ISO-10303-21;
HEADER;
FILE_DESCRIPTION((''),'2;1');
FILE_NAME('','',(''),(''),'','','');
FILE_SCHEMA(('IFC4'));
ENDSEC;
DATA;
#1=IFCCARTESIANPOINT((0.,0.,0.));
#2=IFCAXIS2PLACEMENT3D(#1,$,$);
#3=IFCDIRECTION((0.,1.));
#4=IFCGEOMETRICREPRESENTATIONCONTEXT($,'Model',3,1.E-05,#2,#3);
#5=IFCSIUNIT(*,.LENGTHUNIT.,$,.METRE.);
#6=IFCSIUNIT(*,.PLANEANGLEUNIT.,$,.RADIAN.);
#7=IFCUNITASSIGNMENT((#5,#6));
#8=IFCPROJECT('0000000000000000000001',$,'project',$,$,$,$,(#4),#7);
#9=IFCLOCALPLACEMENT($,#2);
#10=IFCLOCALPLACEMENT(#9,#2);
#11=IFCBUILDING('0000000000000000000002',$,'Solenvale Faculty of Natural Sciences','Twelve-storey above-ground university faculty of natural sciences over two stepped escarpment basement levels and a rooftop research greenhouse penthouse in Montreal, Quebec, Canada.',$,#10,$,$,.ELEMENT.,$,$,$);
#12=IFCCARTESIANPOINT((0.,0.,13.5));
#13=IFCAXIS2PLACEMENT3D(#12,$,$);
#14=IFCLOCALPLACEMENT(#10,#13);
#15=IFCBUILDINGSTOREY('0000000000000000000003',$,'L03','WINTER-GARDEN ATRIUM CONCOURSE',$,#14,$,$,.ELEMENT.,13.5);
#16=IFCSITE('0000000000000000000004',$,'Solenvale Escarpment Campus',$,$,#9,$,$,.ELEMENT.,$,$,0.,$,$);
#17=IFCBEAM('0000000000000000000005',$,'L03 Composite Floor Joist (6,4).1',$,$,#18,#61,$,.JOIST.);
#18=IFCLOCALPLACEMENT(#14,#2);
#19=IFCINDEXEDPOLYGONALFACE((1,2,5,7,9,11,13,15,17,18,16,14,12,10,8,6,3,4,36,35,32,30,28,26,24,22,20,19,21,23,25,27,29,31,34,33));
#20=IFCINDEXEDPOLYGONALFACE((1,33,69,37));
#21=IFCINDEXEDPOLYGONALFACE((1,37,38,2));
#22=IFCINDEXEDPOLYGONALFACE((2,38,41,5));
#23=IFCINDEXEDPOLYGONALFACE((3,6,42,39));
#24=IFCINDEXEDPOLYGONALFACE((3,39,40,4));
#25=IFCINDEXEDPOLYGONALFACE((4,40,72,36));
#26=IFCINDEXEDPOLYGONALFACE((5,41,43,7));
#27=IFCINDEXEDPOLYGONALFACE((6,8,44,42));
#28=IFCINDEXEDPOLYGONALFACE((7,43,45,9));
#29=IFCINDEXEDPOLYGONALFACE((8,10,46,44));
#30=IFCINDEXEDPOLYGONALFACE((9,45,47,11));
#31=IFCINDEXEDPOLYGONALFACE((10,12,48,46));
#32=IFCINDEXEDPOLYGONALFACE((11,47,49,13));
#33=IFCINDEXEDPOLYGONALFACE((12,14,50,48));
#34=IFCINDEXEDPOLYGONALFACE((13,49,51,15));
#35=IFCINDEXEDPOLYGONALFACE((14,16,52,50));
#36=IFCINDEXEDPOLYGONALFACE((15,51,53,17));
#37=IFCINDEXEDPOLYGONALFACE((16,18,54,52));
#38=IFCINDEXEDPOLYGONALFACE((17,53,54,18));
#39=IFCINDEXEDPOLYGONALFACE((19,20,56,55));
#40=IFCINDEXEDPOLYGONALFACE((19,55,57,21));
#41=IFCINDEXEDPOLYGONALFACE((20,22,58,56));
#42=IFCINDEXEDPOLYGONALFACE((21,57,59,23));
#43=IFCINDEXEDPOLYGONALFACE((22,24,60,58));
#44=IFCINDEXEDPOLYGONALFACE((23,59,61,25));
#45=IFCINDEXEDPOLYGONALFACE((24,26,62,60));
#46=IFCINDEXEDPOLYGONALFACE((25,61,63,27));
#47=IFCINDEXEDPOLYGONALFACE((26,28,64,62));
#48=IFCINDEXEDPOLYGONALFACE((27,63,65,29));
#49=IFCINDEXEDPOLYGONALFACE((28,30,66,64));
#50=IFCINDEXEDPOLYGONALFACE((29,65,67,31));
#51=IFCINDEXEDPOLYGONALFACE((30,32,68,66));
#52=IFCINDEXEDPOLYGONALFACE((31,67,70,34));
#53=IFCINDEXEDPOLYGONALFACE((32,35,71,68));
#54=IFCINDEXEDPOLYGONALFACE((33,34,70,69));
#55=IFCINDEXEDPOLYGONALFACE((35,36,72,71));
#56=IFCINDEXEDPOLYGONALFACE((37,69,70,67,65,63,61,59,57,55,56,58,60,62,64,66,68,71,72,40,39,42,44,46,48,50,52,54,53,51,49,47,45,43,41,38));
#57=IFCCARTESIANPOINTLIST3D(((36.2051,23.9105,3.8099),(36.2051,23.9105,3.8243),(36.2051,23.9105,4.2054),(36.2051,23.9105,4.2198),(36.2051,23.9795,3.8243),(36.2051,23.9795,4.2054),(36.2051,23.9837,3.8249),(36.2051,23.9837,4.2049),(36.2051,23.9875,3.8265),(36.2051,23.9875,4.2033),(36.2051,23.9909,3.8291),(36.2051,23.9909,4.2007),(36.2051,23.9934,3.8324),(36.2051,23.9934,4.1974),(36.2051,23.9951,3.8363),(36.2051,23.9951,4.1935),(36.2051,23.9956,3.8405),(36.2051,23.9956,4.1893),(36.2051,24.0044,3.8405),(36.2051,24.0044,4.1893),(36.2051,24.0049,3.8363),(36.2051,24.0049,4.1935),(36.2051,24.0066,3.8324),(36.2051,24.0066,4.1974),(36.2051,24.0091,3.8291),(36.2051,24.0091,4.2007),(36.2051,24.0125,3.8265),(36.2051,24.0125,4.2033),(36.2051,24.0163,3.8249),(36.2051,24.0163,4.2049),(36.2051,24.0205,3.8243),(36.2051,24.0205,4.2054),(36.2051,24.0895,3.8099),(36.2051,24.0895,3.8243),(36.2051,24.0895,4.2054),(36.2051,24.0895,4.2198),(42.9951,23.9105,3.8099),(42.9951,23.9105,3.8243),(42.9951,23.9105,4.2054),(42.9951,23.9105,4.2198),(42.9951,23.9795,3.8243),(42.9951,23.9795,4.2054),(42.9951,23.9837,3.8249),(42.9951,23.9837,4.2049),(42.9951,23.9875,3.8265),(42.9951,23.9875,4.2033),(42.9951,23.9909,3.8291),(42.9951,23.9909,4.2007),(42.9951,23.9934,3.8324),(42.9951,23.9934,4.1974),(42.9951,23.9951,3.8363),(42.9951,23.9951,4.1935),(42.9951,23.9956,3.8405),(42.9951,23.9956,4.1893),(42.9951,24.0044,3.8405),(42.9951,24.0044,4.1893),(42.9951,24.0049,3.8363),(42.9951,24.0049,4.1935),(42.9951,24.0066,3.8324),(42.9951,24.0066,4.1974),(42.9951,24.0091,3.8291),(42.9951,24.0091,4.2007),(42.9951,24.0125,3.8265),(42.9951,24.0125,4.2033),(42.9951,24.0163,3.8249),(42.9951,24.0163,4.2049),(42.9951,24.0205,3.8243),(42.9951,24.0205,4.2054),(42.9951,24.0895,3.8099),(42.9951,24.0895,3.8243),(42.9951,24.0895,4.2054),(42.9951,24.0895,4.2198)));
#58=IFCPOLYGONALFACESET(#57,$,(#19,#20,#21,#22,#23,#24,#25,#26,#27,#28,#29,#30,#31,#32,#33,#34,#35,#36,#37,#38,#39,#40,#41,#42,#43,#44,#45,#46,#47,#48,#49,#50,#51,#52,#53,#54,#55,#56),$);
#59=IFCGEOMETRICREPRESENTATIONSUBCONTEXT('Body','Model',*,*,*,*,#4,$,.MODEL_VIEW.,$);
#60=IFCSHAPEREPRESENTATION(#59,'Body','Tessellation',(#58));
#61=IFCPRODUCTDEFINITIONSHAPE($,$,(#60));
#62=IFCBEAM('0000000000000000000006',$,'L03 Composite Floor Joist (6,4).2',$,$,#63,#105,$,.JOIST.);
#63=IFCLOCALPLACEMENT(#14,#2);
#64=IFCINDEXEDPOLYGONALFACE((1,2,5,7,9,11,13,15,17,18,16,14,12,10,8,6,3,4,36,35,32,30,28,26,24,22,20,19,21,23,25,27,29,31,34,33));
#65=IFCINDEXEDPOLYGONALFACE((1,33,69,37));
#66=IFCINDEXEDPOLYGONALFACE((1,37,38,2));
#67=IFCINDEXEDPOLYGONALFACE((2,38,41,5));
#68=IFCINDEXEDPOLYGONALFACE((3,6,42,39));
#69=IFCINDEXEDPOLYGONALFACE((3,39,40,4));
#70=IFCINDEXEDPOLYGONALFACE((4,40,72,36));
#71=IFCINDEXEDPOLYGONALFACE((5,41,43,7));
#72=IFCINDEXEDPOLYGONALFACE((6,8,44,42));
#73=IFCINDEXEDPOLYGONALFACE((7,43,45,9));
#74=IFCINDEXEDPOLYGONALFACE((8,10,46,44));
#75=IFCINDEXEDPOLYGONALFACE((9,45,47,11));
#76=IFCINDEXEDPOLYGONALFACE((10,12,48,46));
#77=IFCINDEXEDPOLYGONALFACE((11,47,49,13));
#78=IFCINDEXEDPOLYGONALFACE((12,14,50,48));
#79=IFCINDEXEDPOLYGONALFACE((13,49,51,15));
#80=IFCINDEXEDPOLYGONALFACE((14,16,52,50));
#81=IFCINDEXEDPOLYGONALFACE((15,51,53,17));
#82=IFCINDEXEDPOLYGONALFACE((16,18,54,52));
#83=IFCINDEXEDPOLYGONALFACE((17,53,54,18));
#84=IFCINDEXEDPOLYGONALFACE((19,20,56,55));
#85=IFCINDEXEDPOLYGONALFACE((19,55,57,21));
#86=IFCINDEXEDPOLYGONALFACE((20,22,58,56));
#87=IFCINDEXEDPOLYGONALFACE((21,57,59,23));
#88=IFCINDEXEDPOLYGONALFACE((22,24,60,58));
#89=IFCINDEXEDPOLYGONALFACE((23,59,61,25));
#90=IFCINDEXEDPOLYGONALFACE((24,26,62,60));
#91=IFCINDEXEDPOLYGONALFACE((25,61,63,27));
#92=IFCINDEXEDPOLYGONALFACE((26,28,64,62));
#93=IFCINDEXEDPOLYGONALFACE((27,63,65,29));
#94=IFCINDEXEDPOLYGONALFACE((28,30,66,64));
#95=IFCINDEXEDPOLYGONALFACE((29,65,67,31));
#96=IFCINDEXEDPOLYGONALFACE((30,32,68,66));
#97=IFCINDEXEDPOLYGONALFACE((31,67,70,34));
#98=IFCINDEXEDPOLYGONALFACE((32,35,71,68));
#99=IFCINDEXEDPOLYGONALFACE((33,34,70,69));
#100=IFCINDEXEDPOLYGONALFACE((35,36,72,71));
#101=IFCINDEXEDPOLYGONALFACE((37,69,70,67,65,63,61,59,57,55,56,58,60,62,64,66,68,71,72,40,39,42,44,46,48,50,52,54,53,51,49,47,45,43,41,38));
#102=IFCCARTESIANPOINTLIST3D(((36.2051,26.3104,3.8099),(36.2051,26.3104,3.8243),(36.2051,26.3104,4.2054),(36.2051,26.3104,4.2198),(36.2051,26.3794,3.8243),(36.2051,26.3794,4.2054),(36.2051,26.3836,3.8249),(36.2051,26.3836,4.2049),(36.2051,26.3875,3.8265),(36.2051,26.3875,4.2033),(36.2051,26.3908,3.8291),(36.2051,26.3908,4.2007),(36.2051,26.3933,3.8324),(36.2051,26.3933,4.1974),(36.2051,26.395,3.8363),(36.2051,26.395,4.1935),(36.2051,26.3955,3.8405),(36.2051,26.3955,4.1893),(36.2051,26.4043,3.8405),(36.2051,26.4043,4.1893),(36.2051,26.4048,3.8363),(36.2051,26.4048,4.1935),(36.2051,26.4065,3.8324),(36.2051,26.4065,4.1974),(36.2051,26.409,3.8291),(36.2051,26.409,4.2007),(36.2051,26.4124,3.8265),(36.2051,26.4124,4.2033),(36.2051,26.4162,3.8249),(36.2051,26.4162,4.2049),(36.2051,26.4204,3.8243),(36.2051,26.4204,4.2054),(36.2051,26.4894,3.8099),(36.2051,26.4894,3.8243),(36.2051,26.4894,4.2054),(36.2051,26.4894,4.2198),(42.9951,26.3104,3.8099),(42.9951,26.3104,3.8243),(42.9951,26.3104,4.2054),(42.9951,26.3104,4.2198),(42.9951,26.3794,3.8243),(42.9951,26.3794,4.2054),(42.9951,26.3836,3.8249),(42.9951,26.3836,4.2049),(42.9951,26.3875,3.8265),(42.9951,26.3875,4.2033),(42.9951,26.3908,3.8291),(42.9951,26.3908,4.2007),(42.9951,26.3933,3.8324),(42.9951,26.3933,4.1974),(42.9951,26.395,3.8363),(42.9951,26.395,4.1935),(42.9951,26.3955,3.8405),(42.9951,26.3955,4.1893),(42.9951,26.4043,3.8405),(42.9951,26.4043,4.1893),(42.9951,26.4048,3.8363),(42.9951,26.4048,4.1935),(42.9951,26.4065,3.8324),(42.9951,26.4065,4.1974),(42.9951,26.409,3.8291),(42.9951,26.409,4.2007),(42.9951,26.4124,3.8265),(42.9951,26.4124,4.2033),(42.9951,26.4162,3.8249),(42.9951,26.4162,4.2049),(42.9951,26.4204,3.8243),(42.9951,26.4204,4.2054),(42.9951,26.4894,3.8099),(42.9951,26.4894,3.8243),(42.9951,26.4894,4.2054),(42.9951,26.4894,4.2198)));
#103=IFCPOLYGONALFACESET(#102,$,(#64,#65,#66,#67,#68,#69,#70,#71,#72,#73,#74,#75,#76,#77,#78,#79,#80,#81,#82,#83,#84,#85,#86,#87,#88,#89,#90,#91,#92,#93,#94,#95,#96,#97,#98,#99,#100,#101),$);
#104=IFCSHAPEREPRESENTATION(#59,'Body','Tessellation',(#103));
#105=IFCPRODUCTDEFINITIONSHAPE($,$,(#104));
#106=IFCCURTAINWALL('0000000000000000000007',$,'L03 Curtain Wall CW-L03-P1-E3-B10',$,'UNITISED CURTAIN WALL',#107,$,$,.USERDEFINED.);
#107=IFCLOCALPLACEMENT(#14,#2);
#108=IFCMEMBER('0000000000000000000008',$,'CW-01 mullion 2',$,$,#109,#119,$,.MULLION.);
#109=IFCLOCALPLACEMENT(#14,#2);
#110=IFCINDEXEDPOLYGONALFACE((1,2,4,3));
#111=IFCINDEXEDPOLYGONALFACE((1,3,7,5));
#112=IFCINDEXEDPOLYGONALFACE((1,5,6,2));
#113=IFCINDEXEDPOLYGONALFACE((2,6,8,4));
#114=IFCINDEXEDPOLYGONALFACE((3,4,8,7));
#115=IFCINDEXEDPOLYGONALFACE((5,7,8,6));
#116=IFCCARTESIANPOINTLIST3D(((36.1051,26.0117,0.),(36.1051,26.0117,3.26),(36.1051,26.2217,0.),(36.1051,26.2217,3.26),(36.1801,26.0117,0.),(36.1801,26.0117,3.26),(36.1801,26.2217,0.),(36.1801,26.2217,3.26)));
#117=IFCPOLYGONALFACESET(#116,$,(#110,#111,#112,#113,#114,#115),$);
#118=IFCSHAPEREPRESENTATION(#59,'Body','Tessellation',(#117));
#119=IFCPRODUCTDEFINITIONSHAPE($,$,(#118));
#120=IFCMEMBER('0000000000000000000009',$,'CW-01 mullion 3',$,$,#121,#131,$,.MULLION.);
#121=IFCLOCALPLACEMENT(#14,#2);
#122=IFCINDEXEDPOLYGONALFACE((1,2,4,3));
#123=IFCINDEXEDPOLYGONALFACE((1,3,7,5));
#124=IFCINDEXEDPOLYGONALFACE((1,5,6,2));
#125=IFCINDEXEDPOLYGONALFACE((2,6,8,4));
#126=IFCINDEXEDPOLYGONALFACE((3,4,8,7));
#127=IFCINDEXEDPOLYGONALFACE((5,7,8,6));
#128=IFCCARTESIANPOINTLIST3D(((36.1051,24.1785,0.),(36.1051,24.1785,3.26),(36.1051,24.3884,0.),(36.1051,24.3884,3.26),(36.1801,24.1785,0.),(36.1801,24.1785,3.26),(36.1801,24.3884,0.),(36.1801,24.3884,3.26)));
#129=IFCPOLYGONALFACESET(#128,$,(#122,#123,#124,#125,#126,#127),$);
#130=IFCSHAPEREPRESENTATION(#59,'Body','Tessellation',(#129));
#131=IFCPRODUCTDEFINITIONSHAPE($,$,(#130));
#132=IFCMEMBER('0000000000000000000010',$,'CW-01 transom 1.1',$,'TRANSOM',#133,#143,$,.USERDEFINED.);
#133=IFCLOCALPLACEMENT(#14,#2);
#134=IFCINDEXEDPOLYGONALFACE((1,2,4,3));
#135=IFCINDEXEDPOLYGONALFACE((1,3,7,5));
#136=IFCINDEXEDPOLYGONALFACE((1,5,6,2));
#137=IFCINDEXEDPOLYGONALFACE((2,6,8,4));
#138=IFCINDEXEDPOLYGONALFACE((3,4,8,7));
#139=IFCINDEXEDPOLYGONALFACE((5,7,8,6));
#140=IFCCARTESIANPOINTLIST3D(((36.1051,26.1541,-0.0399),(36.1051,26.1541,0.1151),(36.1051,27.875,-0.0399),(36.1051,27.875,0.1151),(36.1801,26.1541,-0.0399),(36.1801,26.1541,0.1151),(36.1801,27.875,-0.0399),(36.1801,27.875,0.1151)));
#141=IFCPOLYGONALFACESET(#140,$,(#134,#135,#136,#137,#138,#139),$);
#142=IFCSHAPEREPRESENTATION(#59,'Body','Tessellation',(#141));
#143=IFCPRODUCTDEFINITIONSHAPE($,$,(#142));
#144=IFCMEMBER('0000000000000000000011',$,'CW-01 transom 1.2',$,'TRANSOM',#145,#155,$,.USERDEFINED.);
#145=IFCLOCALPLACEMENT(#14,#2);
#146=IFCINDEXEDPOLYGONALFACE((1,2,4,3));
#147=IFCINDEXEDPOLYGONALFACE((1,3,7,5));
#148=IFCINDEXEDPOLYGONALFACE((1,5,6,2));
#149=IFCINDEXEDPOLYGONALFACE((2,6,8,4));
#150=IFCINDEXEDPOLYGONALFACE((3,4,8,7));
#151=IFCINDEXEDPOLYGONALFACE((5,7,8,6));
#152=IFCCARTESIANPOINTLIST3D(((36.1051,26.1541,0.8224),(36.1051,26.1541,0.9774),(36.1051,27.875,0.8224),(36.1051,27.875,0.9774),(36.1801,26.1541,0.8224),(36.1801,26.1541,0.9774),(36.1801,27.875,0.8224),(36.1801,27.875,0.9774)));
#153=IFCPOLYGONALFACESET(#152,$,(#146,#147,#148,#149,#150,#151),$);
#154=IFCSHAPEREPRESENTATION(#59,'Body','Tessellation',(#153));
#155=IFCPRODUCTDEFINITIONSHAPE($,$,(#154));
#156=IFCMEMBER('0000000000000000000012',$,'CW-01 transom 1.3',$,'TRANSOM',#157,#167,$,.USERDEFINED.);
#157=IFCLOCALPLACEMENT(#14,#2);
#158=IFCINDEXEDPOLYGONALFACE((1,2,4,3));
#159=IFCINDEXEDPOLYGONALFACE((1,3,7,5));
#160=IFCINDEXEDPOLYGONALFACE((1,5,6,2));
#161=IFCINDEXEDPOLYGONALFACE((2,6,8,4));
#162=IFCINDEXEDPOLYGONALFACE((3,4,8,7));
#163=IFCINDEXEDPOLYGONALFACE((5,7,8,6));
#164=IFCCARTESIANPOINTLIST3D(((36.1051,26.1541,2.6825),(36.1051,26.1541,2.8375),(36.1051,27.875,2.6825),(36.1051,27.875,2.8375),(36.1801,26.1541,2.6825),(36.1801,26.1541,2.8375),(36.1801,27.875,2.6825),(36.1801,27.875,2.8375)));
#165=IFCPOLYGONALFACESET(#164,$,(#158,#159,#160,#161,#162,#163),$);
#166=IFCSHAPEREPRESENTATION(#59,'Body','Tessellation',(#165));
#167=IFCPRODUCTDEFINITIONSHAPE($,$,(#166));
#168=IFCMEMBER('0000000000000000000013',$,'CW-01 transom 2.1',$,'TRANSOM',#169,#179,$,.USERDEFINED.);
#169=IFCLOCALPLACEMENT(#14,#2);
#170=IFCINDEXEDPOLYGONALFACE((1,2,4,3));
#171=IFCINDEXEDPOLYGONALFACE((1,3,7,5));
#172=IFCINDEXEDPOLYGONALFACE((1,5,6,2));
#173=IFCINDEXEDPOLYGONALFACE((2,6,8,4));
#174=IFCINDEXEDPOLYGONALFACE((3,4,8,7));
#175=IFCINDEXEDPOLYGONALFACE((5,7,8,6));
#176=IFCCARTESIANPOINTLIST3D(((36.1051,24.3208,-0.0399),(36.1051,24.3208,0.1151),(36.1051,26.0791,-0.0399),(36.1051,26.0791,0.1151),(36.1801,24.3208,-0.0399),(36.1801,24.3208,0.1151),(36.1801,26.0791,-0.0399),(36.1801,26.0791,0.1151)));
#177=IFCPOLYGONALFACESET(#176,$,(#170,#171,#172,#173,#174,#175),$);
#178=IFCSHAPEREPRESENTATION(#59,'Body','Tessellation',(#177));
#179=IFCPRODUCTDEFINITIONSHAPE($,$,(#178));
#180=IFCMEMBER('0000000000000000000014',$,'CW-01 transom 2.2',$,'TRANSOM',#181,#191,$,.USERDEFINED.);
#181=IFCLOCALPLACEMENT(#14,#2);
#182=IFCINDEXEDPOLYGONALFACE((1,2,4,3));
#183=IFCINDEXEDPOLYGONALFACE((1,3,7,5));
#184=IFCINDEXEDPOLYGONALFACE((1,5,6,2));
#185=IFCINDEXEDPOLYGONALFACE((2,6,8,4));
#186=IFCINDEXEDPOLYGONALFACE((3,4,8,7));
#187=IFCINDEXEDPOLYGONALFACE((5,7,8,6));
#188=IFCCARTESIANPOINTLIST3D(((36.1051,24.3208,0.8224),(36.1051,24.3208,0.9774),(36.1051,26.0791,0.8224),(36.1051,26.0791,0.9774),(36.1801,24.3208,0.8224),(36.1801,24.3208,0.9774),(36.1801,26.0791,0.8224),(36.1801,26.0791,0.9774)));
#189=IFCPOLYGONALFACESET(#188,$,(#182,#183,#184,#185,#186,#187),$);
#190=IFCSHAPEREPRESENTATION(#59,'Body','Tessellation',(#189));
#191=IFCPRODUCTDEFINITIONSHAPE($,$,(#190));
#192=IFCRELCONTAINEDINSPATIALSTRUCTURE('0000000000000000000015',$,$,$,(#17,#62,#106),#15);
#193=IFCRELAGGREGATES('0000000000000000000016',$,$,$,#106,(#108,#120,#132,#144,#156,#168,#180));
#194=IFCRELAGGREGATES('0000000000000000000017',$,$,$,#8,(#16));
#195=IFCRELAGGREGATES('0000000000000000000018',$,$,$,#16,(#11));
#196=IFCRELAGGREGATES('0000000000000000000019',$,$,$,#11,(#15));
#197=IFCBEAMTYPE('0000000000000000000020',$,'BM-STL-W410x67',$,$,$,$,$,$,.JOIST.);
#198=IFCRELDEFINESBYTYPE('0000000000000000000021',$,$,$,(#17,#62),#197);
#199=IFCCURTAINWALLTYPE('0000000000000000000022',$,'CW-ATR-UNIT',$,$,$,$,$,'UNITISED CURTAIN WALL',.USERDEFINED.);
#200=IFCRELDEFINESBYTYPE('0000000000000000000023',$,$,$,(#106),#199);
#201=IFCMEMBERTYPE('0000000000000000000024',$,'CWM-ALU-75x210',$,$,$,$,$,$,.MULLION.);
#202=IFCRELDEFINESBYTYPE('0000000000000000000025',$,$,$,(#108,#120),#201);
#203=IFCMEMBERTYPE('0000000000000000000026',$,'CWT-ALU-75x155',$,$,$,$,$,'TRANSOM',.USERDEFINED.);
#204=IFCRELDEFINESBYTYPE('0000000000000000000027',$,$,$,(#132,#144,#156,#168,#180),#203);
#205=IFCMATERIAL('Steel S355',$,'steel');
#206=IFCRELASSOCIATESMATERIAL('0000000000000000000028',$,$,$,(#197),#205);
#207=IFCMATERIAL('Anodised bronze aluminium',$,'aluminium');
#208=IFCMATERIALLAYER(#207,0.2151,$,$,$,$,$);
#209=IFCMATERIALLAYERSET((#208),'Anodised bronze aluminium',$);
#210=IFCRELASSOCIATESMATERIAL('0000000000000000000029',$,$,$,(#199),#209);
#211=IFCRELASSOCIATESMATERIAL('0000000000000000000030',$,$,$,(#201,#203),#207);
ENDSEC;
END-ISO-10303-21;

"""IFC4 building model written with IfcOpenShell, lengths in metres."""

from ifc_helpers import new_model, si_unit, direction, frame, origin, origin_2d, place, context, subcontext, project, spatial, rectangle, i_section, extrude, material, layer, layer_set, material_profile, profile_set, type_object, element, aggregate, save


model = new_model("IFC4")

# Units and contexts
model_context = context("Model", 3, precision=1e-05, world=origin(), true_north=direction((0.0, 1.0)))
body_context = subcontext(model_context, "Body", "Model", "MODEL_VIEW")
ifc_project = project(units=[si_unit("LENGTHUNIT", "METRE"), si_unit("PLANEANGLEUNIT", "RADIAN")], contexts=[model_context])

# Site, building, storey
site_placement = place(None, origin())
site = spatial("IfcSite", under=ifc_project, at=site_placement, Name="Solenvale Escarpment Campus", CompositionType="ELEMENT", RefElevation=0.0)
building_placement = place(site_placement, origin())
building = spatial("IfcBuilding", under=site, at=building_placement, Name="Solenvale Faculty of Natural Sciences", Description="Twelve-storey above-ground university faculty of natural sciences over two stepped escarpment basement levels and a rooftop research greenhouse penthouse in Montreal, Quebec, Canada.", CompositionType="ELEMENT")
storey_placement = place(building_placement, frame((0.0, 0.0, 13.5)))
storey = spatial("IfcBuildingStorey", under=building, at=storey_placement, Name="L03", Description="WINTER-GARDEN ATRIUM CONCOURSE", CompositionType="ELEMENT", Elevation=13.5)

# Beams
ifc_material_1 = material(Name="Steel S355", Category="steel")
ifc_material_profile_1 = material_profile(ifc_material_1, i_section(OverallWidth=0.179, OverallDepth=0.4099, WebThickness=0.0088, FlangeThickness=0.0144, FilletRadius=0.0161, at=origin_2d()), Name="W410x67")
ifc_profile_set_1 = profile_set([ifc_material_profile_1], Name="Steel S355")
beam_type = type_object("IfcBeamType", Name="BM-STL-W410x67", PredefinedType="JOIST", material=ifc_profile_set_1)
for number, where, z_axis, x_axis, name in (
    (1, (36.2051, 24.0, 4.0149), (1.0, 0.0, 0.0), (0.0, 1.0, 0.0), "L03 Composite Floor Joist (6,4).1"),
    (2, (36.2051, 26.3999, 4.0149), (1.0, 0.0, 0.0), (0.0, 1.0, 0.0), "L03 Composite Floor Joist (6,4).2"),
):
    element("IfcBeam", number, at=place(storey_placement, frame(where, z_axis=z_axis, x_axis=x_axis)), inside=storey, type_object=beam_type, Name=name, PredefinedType="JOIST", context=body_context, shape_type="SweptSolid", body=[
        extrude(i_section(OverallWidth=0.179, OverallDepth=0.4099, WebThickness=0.0088, FlangeThickness=0.0144, FilletRadius=0.0161, at=origin_2d()), origin(), (0.0, 0.0, 1.0), 6.79),
    ])

# Curtain wall, members
ifc_material_2 = material(Name="Anodised bronze aluminium", Category="aluminium")
ifc_layer_1 = layer(ifc_material_2, 0.2151)
ifc_layer_set_1 = layer_set([ifc_layer_1], Name="Anodised bronze aluminium")
curtain_wall_type = type_object("IfcCurtainWallType", Name="CW-ATR-UNIT", ElementType="UNITISED CURTAIN WALL", PredefinedType="USERDEFINED", material=ifc_layer_set_1)
curtain_wall_placement = place(storey_placement, origin())
curtain_wall = element("IfcCurtainWall", 3, at=curtain_wall_placement, inside=storey, type_object=curtain_wall_type, Name="L03 Curtain Wall CW-L03-P1-E3-B10", ObjectType="UNITISED CURTAIN WALL", PredefinedType="USERDEFINED")
ifc_material_profile_2 = material_profile(ifc_material_2, rectangle(XDim=0.075, YDim=0.21, at=origin_2d()), Name="ALU-MUL-75x210")
ifc_profile_set_2 = profile_set([ifc_material_profile_2], Name="Anodised bronze aluminium")
member_type_1 = type_object("IfcMemberType", Name="CWM-ALU-75x210", PredefinedType="MULLION", material=ifc_profile_set_2)
member_1_placement = place(storey_placement, frame((36.1426, 26.1167, 0.0), z_axis=(0.0, 0.0, 1.0), x_axis=(1.0, 0.0, 0.0)))
member_1 = element("IfcMember", 4, at=member_1_placement, type_object=member_type_1, Name="CW-01 mullion 2", PredefinedType="MULLION", context=body_context, shape_type="SweptSolid", body=[
    extrude(rectangle(XDim=0.075, YDim=0.21, at=origin_2d()), origin(), (0.0, 0.0, 1.0), 3.26),
])
member_2_placement = place(storey_placement, frame((36.1426, 24.2834, 0.0), z_axis=(0.0, 0.0, 1.0), x_axis=(1.0, 0.0, 0.0)))
member_2 = element("IfcMember", 5, at=member_2_placement, type_object=member_type_1, Name="CW-01 mullion 3", PredefinedType="MULLION", context=body_context, shape_type="SweptSolid", body=[
    extrude(rectangle(XDim=0.075, YDim=0.21, at=origin_2d()), origin(), (0.0, 0.0, 1.0), 3.26),
])
ifc_material_profile_3 = material_profile(ifc_material_2, rectangle(XDim=0.075, YDim=0.155, at=origin_2d()), Name="ALU-TRN-75x155")
ifc_profile_set_3 = profile_set([ifc_material_profile_3], Name="Anodised bronze aluminium")
member_type_2 = type_object("IfcMemberType", Name="CWT-ALU-75x155", ElementType="TRANSOM", PredefinedType="USERDEFINED", material=ifc_profile_set_3)
member_3_placement = place(storey_placement, frame((36.1426, 27.875, 0.0376), z_axis=(0.0, -1.0, 0.0), x_axis=(1.0, 0.0, 0.0)))
member_3 = element("IfcMember", 6, at=member_3_placement, type_object=member_type_2, Name="CW-01 transom 1.1", ObjectType="TRANSOM", PredefinedType="USERDEFINED", context=body_context, shape_type="SweptSolid", body=[
    extrude(rectangle(XDim=0.075, YDim=0.155, at=origin_2d()), origin(), (0.0, 0.0, 1.0), 1.7209),
])
member_4_placement = place(storey_placement, frame((36.1426, 27.875, 0.8999), z_axis=(0.0, -1.0, 0.0), x_axis=(1.0, 0.0, 0.0)))
member_4 = element("IfcMember", 7, at=member_4_placement, type_object=member_type_2, Name="CW-01 transom 1.2", ObjectType="TRANSOM", PredefinedType="USERDEFINED", context=body_context, shape_type="SweptSolid", body=[
    extrude(rectangle(XDim=0.075, YDim=0.155, at=origin_2d()), origin(), (0.0, 0.0, 1.0), 1.7209),
])
member_5_placement = place(storey_placement, frame((36.1426, 27.875, 2.76), z_axis=(0.0, -1.0, 0.0), x_axis=(1.0, 0.0, 0.0)))
member_5 = element("IfcMember", 8, at=member_5_placement, type_object=member_type_2, Name="CW-01 transom 1.3", ObjectType="TRANSOM", PredefinedType="USERDEFINED", context=body_context, shape_type="SweptSolid", body=[
    extrude(rectangle(XDim=0.075, YDim=0.155, at=origin_2d()), origin(), (0.0, 0.0, 1.0), 1.7209),
])
member_6_placement = place(storey_placement, frame((36.1426, 26.0791, 0.0376), z_axis=(0.0, -1.0, 0.0), x_axis=(1.0, 0.0, 0.0)))
member_6 = element("IfcMember", 9, at=member_6_placement, type_object=member_type_2, Name="CW-01 transom 2.1", ObjectType="TRANSOM", PredefinedType="USERDEFINED", context=body_context, shape_type="SweptSolid", body=[
    extrude(rectangle(XDim=0.075, YDim=0.155, at=origin_2d()), origin(), (0.0, 0.0, 1.0), 1.7583),
])
member_7_placement = place(storey_placement, frame((36.1426, 26.0791, 0.8999), z_axis=(0.0, -1.0, 0.0), x_axis=(1.0, 0.0, 0.0)))
member_7 = element("IfcMember", 10, at=member_7_placement, type_object=member_type_2, Name="CW-01 transom 2.2", ObjectType="TRANSOM", PredefinedType="USERDEFINED", context=body_context, shape_type="SweptSolid", body=[
    extrude(rectangle(XDim=0.075, YDim=0.155, at=origin_2d()), origin(), (0.0, 0.0, 1.0), 1.7583),
])
aggregate(curtain_wall, [member_1, member_2, member_3, member_4, member_5, member_6, member_7])

save(model, "model.ifc")
